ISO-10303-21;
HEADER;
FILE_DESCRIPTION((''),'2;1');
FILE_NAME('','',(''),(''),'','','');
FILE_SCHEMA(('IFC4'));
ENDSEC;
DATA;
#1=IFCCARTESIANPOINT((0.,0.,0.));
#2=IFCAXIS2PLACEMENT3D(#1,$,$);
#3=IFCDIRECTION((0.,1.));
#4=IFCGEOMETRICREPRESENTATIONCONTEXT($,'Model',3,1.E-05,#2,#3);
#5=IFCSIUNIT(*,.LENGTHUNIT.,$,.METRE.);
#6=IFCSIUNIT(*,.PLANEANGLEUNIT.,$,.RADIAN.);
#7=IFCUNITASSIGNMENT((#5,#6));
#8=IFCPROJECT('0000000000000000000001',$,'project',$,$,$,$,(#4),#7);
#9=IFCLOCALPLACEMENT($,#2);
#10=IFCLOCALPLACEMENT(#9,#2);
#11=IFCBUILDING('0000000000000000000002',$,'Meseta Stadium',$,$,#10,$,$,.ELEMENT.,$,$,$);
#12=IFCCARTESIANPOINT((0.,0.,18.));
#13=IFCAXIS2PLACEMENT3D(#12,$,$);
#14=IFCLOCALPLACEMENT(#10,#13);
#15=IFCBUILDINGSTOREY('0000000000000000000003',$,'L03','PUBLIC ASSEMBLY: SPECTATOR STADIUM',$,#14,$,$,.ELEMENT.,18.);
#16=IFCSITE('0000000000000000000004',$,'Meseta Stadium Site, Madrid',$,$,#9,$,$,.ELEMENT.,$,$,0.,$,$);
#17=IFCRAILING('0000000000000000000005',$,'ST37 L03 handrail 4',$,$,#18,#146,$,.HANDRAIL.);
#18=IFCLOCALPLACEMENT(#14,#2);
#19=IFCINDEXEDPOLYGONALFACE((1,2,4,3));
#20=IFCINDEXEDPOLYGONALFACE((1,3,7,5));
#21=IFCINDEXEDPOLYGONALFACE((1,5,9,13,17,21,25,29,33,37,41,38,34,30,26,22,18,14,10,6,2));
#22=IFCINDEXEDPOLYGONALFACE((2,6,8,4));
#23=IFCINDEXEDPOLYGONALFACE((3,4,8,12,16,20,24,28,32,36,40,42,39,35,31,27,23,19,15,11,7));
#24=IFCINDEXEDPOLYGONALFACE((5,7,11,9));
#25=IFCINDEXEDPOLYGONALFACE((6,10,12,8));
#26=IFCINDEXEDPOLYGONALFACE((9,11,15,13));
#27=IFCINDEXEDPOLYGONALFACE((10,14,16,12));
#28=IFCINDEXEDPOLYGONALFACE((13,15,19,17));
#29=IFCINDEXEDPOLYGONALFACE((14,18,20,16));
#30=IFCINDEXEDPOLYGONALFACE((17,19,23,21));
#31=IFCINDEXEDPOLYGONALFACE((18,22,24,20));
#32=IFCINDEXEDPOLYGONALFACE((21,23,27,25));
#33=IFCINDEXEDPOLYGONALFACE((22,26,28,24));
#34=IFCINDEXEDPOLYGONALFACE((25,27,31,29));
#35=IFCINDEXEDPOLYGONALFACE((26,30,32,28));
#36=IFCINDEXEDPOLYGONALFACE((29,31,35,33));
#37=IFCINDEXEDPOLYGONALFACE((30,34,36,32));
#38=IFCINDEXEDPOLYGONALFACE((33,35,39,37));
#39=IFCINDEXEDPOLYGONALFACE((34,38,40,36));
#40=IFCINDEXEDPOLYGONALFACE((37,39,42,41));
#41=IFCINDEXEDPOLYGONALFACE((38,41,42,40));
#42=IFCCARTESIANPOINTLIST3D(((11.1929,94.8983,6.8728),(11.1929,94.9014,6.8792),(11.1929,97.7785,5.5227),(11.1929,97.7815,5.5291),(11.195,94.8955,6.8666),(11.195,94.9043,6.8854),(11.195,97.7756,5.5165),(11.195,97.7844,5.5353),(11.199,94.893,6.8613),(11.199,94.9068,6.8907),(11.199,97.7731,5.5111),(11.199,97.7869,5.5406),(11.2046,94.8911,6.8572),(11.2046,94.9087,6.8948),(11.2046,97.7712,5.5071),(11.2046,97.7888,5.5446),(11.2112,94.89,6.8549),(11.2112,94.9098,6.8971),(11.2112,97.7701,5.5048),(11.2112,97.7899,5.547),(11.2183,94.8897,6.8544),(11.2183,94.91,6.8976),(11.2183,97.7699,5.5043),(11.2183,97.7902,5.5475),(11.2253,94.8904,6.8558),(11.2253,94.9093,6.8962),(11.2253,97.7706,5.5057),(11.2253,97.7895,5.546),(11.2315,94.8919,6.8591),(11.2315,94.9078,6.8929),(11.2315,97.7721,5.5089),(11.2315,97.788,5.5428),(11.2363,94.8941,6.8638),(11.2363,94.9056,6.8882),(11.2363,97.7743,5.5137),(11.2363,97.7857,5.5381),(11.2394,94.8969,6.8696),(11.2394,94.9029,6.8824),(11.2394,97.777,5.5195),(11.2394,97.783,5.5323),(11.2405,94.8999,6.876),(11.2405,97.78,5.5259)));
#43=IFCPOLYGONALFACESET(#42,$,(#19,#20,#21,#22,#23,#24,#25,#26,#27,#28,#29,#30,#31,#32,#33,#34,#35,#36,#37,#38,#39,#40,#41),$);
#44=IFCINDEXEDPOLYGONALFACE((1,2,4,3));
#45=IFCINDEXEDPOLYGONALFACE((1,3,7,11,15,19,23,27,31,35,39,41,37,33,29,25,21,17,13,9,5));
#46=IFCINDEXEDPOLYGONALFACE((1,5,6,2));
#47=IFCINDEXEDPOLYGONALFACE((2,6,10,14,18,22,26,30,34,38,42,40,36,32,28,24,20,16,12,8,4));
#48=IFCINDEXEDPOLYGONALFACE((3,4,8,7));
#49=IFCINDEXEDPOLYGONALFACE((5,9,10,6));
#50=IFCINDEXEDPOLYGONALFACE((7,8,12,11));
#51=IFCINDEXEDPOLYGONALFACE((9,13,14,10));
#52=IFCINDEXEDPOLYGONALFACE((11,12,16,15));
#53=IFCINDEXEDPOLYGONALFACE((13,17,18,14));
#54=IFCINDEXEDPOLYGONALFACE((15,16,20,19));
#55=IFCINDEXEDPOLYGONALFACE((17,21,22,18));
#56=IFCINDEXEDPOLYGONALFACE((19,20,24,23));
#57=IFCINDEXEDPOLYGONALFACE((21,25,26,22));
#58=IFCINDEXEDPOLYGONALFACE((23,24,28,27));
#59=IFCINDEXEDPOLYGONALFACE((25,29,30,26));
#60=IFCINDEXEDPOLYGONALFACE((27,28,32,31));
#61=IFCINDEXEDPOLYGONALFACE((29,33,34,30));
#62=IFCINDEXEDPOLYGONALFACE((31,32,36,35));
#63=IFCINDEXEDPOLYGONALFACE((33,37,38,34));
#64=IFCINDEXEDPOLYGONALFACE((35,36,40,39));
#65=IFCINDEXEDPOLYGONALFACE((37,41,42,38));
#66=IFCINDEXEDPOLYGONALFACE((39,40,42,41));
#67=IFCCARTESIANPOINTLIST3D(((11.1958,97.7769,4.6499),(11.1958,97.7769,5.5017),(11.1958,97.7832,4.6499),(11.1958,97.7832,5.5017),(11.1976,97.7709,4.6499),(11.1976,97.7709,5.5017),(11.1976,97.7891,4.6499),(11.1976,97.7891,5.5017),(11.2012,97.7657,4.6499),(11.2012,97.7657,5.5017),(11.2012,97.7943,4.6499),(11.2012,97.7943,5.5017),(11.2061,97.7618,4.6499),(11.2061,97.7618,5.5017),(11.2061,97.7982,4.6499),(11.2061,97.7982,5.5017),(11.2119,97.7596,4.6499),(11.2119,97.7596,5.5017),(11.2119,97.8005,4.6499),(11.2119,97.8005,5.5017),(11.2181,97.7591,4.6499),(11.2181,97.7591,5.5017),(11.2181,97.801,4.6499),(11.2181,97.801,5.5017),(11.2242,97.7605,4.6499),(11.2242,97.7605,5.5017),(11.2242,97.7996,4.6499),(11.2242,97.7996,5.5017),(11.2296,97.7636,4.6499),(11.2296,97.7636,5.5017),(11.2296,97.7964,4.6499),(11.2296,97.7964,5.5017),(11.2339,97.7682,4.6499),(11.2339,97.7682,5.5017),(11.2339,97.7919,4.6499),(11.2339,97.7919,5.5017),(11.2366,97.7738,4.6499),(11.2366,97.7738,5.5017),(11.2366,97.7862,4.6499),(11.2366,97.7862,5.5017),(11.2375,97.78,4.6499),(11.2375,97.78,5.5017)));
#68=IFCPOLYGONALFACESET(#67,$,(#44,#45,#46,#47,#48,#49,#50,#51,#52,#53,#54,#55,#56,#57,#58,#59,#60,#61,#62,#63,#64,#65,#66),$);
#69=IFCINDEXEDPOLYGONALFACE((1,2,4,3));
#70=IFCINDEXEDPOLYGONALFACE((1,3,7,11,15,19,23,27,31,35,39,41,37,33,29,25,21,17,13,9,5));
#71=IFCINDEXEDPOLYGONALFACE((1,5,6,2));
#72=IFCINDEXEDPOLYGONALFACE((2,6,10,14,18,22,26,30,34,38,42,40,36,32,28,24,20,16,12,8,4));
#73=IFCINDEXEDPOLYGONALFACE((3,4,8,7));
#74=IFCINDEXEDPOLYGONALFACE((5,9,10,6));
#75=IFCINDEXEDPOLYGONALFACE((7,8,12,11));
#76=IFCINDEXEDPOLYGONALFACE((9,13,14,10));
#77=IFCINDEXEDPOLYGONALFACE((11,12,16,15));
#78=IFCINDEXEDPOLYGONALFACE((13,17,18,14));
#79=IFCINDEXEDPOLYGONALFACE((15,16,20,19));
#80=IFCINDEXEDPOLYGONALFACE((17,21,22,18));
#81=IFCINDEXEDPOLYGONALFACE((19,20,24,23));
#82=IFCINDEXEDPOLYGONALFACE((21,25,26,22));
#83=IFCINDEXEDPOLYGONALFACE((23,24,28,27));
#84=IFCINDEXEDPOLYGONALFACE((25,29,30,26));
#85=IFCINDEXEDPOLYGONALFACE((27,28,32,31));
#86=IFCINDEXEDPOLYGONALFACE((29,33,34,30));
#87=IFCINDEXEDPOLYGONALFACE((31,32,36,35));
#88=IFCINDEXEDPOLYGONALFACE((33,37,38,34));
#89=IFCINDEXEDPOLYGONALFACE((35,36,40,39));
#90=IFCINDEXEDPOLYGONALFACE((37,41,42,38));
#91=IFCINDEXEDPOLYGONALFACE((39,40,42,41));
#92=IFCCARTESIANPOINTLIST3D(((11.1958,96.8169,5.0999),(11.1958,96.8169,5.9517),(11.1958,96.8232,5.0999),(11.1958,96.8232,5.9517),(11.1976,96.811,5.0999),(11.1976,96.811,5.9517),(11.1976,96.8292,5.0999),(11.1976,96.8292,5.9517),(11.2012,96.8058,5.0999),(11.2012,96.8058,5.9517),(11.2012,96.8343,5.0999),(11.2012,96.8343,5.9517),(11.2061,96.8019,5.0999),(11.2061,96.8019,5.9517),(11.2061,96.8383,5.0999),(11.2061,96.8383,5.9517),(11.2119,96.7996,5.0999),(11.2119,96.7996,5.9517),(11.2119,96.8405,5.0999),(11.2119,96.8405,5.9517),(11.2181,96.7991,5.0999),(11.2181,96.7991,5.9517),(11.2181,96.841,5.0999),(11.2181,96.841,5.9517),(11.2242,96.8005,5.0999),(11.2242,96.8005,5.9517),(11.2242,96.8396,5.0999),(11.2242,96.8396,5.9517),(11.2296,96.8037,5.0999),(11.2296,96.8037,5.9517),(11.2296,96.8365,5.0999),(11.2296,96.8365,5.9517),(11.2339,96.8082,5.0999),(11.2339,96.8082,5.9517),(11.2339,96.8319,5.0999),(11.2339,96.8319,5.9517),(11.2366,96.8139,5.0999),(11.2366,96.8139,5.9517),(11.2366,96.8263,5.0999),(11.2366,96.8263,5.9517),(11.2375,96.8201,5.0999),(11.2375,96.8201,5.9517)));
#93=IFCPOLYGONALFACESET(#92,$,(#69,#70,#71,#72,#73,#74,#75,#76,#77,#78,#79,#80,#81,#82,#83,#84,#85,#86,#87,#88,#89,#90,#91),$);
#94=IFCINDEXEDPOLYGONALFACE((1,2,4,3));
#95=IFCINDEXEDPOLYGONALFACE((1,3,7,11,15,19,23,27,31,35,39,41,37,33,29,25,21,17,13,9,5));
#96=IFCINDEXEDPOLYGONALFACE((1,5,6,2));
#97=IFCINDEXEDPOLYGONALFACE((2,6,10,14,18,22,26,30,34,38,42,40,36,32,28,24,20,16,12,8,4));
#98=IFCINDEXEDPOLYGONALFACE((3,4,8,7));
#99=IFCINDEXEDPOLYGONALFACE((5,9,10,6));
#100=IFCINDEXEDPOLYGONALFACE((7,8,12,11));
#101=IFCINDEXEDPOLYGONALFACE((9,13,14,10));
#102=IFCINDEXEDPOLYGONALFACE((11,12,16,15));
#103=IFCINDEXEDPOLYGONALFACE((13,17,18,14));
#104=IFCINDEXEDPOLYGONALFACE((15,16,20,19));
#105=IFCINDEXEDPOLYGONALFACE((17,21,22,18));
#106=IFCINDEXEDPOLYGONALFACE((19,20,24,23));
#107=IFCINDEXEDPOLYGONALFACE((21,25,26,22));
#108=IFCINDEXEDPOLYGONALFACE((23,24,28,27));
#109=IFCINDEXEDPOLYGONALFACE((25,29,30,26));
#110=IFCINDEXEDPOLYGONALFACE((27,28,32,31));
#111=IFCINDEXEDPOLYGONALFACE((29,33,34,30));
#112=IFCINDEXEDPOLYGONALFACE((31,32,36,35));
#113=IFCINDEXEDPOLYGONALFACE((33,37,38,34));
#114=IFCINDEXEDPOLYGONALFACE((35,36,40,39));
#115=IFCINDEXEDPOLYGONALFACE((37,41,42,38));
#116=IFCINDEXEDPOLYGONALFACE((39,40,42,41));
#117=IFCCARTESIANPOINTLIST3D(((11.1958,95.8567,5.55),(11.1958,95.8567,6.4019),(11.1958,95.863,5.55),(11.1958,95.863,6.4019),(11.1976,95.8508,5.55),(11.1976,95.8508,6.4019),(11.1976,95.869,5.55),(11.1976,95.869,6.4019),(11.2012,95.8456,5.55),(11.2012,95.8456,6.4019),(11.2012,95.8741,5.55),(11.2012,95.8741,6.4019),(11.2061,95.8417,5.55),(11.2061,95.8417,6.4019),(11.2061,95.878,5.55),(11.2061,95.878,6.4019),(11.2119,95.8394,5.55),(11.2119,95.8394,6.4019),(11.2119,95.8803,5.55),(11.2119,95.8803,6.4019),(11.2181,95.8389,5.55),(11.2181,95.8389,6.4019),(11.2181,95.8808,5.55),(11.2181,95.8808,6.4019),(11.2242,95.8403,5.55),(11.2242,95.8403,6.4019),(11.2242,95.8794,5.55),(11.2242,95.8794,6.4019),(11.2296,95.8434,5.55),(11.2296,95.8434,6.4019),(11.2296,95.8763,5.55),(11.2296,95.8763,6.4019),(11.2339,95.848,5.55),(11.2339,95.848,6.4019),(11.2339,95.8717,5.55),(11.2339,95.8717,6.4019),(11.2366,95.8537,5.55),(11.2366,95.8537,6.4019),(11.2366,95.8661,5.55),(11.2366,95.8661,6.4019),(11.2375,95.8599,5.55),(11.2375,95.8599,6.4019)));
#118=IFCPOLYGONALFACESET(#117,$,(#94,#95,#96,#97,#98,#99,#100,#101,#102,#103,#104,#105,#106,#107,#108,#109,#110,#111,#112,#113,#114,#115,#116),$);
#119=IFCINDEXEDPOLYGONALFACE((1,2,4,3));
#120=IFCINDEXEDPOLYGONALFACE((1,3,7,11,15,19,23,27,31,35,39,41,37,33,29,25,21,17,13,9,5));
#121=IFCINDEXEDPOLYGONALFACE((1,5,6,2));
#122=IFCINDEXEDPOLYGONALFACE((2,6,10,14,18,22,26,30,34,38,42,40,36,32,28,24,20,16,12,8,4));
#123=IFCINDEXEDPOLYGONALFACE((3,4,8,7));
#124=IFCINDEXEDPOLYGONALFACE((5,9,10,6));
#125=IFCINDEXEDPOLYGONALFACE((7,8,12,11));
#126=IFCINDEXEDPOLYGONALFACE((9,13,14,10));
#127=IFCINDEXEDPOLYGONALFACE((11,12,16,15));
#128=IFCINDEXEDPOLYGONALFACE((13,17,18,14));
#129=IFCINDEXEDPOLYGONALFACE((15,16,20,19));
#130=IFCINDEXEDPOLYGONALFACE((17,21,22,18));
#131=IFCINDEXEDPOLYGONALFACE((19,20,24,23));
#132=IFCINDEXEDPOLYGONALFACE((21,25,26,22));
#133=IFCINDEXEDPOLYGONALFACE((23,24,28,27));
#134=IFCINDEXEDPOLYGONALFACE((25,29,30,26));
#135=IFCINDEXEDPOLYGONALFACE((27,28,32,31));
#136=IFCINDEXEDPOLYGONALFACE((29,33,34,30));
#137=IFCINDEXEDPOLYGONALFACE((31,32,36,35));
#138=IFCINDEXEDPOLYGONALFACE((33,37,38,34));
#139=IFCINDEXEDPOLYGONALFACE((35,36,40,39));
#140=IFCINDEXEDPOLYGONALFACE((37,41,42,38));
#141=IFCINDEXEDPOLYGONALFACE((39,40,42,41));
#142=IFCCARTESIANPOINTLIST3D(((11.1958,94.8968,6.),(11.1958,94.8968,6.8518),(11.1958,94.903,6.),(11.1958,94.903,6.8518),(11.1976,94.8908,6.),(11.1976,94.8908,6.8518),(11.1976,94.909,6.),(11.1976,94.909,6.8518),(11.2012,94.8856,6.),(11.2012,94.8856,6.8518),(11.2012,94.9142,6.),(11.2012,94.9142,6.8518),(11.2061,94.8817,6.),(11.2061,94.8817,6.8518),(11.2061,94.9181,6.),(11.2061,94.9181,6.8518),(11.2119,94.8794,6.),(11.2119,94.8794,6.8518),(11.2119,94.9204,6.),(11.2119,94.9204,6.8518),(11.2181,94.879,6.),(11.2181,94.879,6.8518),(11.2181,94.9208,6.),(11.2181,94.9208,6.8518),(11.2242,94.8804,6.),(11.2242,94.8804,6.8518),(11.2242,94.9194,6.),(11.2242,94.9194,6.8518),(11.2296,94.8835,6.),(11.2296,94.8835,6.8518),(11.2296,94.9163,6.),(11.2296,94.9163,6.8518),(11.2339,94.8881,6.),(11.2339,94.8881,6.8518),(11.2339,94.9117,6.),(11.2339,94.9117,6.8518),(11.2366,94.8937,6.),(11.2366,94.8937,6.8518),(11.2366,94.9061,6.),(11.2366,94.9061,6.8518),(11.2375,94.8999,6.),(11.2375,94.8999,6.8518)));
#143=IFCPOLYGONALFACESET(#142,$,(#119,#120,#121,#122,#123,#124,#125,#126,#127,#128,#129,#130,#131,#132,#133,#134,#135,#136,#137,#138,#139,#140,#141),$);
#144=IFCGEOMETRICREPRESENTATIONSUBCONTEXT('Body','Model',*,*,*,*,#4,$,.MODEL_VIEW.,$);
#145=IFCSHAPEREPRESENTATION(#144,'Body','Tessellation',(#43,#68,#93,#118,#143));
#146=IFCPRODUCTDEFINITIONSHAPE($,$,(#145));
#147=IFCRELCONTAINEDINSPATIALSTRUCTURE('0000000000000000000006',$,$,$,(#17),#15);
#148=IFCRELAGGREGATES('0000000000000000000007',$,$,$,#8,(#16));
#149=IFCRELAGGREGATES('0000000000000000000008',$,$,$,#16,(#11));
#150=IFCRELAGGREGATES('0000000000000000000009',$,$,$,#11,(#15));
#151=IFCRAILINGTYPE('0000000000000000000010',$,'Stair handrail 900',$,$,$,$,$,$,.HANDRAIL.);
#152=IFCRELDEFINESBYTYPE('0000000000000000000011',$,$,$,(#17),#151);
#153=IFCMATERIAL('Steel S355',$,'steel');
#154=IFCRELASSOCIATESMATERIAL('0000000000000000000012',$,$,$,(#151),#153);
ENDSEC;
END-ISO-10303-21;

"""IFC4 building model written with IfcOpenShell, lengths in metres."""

from ifc_helpers import new_model, si_unit, direction, frame, origin, origin_2d, place, context, subcontext, project, spatial, circle, extrude, material, type_object, element, save


model = new_model("IFC4")

# Units and contexts
model_context = context("Model", 3, precision=1e-05, world=origin(), true_north=direction((0.0, 1.0)))
body_context = subcontext(model_context, "Body", "Model", "MODEL_VIEW")
ifc_project = project(units=[si_unit("LENGTHUNIT", "METRE"), si_unit("PLANEANGLEUNIT", "RADIAN")], contexts=[model_context])

# Site, building, storey
site_placement = place(None, origin())
site = spatial("IfcSite", under=ifc_project, at=site_placement, Name="Meseta Stadium Site, Madrid", CompositionType="ELEMENT", RefElevation=0.0)
building_placement = place(site_placement, origin())
building = spatial("IfcBuilding", under=site, at=building_placement, Name="Meseta Stadium", CompositionType="ELEMENT")
storey_placement = place(building_placement, frame((0.0, 0.0, 18.0)))
storey = spatial("IfcBuildingStorey", under=building, at=storey_placement, Name="L03", Description="PUBLIC ASSEMBLY: SPECTATOR STADIUM", CompositionType="ELEMENT", Elevation=18.0)

# Railing
ifc_material_1 = material(Name="Steel S355", Category="steel")
railing_type_1 = type_object("IfcRailingType", Name="Stair handrail 900", PredefinedType="HANDRAIL", material=ifc_material_1)
railing_1_placement = place(storey_placement, frame((11.2166, 97.78, 4.6499)))
element("IfcRailing", 1, at=railing_1_placement, inside=storey, type_object=railing_type_1, Name="ST37 L03 handrail 4", PredefinedType="HANDRAIL", context=body_context, shape_type="SweptSolid", body=[
    extrude(circle(Radius=0.0239, at=origin_2d()), frame((0.0, 0.0, 0.876), z_axis=(0.0, -0.905454, 0.424444), x_axis=(1.0, 0.0, 0.0)), (0.0, 0.0, 1.0), 3.1809),
    extrude(circle(Radius=0.021, at=origin_2d()), origin(), (0.0, 0.0, 1.0), 0.8518),
    extrude(circle(Radius=0.021, at=origin_2d()), frame((0.0, -0.96, 0.45)), (0.0, 0.0, 1.0), 0.8518),
    extrude(circle(Radius=0.021, at=origin_2d()), frame((0.0, -1.9202, 0.9001)), (0.0, 0.0, 1.0), 0.8518),
    extrude(circle(Radius=0.021, at=origin_2d()), frame((0.0, -2.8801, 1.3501)), (0.0, 0.0, 1.0), 0.8518),
])

save(model, "model.ifc")
